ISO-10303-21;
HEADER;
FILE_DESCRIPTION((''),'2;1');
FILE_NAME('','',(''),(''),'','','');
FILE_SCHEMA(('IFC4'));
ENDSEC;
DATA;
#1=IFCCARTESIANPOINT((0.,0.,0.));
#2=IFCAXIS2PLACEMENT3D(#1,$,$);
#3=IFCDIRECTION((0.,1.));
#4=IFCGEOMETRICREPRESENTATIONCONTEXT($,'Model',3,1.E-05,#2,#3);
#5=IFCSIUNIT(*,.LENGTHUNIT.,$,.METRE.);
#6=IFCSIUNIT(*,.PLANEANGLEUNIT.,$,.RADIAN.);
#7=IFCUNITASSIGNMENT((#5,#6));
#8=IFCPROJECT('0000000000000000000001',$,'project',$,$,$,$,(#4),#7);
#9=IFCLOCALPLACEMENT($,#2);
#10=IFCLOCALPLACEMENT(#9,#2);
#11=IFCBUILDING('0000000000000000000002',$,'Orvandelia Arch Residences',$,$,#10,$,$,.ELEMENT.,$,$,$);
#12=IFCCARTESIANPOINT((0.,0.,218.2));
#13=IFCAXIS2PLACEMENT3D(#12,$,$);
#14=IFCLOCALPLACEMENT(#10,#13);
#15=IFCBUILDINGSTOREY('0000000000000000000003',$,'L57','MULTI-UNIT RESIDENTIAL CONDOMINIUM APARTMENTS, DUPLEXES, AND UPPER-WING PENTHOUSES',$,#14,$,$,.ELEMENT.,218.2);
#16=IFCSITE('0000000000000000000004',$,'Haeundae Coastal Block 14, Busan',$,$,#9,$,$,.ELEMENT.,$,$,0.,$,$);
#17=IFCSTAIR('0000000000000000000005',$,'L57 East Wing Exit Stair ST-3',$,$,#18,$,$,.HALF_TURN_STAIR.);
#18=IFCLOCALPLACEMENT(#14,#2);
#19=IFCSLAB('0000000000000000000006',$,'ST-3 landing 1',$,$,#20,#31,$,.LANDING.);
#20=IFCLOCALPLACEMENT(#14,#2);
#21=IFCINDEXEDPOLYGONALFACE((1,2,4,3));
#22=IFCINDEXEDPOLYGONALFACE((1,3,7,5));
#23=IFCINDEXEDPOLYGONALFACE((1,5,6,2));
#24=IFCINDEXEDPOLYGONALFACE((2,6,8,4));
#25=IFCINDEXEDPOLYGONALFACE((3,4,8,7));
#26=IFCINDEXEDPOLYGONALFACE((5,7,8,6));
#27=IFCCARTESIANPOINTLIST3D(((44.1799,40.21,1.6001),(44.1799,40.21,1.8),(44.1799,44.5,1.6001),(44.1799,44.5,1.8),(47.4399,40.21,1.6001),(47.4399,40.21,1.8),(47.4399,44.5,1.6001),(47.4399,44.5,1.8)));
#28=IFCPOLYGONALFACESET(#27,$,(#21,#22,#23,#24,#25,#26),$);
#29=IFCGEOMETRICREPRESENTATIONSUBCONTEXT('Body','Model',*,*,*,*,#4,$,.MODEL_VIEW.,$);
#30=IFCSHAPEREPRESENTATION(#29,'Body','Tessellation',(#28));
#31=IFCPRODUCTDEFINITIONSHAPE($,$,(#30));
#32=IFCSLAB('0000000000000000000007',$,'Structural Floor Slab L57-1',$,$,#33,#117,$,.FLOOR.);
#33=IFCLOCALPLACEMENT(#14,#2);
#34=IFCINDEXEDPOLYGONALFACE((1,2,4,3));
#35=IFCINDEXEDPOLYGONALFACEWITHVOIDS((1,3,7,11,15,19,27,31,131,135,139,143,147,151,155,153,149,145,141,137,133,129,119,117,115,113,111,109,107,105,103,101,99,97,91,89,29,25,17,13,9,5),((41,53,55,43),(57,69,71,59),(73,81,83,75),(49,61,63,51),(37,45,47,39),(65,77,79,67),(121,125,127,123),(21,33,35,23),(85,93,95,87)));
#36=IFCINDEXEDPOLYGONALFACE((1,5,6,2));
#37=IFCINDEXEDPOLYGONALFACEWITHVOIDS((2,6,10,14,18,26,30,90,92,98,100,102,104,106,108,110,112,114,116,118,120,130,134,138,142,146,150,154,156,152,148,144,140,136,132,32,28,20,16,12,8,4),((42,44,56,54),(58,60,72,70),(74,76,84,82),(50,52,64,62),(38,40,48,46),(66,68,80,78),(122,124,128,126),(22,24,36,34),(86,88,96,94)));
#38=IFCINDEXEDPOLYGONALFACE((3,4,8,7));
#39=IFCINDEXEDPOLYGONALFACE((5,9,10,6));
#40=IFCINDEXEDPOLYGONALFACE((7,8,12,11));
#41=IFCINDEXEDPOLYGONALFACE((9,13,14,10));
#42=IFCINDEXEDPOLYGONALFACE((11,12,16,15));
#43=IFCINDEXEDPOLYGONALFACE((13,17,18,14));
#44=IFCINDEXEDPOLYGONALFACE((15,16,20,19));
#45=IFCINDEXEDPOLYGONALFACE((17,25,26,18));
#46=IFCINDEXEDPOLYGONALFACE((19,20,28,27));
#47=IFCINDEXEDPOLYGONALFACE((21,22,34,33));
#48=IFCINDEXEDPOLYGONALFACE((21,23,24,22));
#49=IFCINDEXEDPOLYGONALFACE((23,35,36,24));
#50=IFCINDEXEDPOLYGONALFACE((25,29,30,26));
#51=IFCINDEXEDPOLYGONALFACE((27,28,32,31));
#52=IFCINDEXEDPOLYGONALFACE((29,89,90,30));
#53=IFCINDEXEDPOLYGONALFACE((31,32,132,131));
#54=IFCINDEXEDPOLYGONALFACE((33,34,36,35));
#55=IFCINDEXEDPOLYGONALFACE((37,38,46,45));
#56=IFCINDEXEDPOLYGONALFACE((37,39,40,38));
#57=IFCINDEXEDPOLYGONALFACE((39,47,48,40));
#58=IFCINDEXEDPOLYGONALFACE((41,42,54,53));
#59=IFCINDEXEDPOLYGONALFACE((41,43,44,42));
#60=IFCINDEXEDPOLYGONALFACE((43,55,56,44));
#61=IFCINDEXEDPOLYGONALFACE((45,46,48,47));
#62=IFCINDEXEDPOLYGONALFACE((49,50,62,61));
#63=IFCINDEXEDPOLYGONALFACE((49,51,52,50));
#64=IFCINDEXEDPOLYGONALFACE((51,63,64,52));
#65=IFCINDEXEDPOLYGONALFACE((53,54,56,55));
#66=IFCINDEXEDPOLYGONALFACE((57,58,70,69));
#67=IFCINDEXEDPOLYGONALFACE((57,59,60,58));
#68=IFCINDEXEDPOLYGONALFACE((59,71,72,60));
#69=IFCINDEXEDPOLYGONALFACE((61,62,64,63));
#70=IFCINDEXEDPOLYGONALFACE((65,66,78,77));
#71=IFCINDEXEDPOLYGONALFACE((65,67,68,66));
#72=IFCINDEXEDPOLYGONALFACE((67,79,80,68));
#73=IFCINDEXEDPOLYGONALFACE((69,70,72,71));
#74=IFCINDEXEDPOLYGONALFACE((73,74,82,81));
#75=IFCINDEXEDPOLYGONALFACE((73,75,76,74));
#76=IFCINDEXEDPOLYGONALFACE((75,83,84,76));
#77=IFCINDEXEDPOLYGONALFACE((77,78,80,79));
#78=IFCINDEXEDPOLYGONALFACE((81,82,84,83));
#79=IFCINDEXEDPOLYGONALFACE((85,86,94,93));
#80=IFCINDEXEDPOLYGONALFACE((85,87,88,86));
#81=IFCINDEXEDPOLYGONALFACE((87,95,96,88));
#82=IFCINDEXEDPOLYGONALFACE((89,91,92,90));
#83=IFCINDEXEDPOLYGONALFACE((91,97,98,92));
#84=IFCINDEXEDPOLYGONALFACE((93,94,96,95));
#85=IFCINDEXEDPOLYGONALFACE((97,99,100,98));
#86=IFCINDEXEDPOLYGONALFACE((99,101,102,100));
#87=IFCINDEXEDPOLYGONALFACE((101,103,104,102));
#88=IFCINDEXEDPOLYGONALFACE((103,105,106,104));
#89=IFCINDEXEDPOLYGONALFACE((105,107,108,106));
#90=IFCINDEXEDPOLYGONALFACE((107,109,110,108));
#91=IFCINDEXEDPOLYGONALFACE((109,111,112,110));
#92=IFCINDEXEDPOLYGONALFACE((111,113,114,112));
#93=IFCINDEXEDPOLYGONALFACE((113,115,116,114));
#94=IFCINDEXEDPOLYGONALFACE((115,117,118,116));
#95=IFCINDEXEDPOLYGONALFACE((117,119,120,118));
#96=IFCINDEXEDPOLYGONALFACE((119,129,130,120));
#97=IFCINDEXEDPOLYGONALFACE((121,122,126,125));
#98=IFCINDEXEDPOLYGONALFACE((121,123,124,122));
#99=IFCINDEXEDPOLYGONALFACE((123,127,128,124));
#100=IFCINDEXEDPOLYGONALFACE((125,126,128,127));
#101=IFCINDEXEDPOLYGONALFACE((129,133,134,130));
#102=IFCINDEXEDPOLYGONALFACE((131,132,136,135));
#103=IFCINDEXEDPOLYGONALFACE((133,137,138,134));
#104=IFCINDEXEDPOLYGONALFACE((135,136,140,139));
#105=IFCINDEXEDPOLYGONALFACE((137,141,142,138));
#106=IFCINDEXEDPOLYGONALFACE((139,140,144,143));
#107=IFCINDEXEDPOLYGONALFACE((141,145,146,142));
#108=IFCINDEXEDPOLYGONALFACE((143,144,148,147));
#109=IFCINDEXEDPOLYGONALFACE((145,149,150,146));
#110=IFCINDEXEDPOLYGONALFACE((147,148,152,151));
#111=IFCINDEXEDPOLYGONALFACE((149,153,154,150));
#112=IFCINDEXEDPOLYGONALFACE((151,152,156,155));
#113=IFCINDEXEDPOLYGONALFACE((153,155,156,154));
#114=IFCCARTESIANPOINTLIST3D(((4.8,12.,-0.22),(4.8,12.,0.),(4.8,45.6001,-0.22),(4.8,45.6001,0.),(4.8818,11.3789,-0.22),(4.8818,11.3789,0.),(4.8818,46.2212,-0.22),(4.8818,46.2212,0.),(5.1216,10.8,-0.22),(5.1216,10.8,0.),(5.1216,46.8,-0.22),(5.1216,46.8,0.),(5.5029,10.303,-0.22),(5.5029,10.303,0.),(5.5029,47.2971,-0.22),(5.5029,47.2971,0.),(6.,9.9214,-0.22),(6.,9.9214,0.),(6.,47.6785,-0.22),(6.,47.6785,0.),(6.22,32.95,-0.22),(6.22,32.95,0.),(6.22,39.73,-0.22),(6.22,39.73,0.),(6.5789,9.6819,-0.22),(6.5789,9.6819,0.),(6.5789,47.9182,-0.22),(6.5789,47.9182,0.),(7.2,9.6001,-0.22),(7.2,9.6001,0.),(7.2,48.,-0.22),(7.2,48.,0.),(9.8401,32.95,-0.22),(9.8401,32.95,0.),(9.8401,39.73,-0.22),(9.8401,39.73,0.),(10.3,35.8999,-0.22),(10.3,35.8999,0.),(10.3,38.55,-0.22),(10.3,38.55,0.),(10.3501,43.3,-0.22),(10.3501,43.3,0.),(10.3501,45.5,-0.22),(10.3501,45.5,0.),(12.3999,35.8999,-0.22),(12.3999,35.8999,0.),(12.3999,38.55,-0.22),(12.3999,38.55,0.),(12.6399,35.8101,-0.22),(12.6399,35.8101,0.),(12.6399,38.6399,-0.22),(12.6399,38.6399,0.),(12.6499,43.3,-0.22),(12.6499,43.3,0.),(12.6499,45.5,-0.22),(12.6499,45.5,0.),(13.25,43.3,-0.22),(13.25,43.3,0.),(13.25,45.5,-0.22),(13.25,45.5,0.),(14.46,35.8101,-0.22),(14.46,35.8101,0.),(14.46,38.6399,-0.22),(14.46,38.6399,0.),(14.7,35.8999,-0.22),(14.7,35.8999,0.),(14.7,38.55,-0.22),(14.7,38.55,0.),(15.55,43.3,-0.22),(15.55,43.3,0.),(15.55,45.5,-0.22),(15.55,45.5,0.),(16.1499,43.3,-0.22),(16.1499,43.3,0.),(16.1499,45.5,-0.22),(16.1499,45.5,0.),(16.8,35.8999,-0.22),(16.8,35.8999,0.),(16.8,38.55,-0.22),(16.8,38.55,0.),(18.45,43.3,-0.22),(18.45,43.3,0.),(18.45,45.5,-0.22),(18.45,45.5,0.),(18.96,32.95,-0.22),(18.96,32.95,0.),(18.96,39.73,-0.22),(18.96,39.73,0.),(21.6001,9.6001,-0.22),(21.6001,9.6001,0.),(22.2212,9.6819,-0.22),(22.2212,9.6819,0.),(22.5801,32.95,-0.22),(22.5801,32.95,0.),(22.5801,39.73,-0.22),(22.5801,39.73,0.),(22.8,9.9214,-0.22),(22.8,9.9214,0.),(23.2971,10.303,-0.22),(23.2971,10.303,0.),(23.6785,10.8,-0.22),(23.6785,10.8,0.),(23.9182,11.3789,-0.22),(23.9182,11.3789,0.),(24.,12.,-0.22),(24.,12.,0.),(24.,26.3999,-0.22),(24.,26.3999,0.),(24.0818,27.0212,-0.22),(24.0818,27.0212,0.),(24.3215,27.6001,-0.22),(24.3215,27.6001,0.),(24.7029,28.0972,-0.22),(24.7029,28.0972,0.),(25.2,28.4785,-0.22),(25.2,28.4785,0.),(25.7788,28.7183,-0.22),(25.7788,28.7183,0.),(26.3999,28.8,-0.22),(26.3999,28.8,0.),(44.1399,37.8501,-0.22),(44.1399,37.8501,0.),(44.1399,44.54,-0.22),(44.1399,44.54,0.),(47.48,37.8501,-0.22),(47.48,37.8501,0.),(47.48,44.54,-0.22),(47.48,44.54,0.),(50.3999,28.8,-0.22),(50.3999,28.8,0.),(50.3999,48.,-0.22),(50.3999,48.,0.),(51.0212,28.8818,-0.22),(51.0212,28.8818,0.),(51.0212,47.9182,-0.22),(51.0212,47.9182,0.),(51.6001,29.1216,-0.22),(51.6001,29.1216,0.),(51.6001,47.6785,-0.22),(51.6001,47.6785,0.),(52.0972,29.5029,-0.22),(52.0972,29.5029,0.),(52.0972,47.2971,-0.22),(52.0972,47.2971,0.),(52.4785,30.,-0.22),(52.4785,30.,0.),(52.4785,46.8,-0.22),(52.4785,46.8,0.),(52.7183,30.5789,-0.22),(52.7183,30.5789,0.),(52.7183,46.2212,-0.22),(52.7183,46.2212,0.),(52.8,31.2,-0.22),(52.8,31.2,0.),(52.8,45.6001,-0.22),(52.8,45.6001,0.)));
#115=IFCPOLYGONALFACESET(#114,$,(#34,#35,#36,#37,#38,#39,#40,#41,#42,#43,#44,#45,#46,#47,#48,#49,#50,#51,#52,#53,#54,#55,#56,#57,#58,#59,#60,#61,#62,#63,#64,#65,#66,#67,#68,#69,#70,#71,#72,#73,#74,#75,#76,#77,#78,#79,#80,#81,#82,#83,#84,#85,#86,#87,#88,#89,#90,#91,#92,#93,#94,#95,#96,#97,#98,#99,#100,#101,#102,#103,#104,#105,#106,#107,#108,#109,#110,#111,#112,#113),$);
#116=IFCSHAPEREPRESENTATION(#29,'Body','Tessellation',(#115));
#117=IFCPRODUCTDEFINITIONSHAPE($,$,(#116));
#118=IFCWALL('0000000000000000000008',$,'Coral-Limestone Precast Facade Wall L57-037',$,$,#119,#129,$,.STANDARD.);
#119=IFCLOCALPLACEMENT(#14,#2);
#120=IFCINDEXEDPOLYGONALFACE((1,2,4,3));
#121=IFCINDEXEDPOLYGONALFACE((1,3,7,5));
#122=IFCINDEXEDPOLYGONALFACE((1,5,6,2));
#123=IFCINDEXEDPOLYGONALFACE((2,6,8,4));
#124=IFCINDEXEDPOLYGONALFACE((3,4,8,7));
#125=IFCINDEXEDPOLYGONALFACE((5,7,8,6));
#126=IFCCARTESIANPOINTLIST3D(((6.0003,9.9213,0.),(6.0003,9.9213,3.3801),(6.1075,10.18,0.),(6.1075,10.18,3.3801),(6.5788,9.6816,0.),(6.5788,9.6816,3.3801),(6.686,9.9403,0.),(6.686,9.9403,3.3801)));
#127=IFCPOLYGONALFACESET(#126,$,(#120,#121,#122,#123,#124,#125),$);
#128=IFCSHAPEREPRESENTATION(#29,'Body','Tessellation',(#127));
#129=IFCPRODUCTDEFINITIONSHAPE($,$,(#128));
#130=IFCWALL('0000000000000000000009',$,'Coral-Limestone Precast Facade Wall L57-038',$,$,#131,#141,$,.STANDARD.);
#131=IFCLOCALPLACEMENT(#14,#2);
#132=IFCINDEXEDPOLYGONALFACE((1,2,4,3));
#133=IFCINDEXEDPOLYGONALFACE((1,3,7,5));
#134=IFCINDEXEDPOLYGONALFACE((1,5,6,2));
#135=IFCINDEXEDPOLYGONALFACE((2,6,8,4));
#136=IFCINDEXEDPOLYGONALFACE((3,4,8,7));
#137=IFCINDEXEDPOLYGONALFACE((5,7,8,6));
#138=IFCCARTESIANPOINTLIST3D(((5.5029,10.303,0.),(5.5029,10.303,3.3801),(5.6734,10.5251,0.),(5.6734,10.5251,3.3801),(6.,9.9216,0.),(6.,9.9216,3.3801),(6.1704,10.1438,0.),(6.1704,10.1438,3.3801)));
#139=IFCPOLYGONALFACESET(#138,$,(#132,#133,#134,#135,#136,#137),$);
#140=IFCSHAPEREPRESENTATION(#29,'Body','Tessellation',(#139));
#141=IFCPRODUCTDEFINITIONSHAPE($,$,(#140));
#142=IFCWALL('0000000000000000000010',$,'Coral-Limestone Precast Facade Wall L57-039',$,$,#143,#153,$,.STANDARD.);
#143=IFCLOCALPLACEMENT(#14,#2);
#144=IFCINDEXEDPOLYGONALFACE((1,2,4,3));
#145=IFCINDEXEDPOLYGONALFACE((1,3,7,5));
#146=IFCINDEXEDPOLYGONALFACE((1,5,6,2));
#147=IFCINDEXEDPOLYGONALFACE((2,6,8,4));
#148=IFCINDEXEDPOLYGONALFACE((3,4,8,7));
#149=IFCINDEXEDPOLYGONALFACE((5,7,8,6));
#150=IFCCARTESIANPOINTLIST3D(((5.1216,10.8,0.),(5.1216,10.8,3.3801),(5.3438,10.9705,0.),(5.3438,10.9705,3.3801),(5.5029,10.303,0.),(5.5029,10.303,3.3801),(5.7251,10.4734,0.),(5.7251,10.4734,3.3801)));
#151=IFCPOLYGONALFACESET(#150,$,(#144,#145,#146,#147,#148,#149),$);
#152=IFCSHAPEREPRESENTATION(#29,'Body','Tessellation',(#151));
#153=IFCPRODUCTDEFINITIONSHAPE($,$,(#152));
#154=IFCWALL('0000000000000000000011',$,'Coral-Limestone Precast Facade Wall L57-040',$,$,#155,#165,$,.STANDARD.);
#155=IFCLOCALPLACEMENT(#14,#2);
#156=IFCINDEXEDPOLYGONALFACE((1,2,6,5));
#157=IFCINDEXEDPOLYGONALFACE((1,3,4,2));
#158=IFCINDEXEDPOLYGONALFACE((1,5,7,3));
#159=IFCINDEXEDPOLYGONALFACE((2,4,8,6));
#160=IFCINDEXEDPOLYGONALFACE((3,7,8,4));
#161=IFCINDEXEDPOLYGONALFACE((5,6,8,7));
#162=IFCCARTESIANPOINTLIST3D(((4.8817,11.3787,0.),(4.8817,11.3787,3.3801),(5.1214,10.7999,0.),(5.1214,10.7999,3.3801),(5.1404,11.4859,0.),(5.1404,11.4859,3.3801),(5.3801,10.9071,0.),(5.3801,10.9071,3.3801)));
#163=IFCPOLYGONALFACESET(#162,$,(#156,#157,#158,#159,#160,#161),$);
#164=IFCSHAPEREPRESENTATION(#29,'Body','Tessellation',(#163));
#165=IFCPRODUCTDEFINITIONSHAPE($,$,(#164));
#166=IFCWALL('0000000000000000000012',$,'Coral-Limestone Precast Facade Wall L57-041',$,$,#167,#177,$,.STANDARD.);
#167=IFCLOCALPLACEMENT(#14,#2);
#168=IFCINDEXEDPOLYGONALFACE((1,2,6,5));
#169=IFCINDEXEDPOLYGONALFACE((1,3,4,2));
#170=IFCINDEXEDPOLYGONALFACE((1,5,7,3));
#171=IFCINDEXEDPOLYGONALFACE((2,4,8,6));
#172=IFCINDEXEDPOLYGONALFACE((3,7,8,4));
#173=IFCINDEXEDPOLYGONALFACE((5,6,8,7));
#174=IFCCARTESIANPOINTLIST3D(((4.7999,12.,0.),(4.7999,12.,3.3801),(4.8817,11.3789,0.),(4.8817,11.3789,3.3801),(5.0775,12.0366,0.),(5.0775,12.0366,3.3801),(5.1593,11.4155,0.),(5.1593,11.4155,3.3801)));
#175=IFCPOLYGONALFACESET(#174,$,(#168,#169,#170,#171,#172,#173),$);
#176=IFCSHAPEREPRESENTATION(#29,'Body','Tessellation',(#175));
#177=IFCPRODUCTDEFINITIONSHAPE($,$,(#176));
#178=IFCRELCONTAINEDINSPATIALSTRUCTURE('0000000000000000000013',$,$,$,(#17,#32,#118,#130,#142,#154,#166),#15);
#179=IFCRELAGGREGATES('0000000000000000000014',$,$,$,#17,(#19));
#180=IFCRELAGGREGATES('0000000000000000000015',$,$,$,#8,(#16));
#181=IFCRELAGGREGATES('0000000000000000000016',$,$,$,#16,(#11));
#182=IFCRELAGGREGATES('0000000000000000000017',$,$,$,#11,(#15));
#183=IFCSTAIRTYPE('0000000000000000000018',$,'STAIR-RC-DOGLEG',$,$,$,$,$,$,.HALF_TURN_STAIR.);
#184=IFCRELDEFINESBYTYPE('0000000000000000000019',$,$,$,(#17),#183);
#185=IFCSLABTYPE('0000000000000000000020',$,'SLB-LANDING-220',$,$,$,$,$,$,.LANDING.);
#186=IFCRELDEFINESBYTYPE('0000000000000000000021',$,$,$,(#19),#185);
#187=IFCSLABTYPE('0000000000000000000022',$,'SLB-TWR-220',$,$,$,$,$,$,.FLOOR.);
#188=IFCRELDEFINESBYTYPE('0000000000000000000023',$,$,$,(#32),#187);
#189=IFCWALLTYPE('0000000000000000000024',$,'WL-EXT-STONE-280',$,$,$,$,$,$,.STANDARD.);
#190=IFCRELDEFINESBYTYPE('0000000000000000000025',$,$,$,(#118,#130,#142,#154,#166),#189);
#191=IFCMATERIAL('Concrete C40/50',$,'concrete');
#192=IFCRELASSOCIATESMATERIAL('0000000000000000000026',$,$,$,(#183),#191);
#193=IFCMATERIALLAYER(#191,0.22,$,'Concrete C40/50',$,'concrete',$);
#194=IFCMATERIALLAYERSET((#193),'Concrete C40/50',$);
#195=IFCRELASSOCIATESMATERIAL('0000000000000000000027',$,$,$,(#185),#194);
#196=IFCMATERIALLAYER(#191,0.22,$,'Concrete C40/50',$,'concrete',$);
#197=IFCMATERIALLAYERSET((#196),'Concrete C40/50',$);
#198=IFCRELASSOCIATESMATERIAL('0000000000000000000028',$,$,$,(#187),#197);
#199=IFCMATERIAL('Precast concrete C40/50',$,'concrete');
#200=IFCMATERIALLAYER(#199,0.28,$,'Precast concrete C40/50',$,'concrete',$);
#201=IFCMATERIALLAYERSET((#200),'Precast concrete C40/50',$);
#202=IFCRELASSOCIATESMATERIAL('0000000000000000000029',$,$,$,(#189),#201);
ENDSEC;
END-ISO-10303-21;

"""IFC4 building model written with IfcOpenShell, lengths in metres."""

from ifc_helpers import new_model, si_unit, direction, frame, frame_2d, origin, place, context, subcontext, project, spatial, polyline, rectangle, outline, extrude, material, layer, layer_set, type_object, element, aggregate, save


model = new_model("IFC4")

# Units and contexts
model_context = context("Model", 3, precision=1e-05, world=origin(), true_north=direction((0.0, 1.0)))
body_context = subcontext(model_context, "Body", "Model", "MODEL_VIEW")
ifc_project = project(units=[si_unit("LENGTHUNIT", "METRE"), si_unit("PLANEANGLEUNIT", "RADIAN")], contexts=[model_context])

# Site, building, storey
site_placement = place(None, origin())
site = spatial("IfcSite", under=ifc_project, at=site_placement, Name="Haeundae Coastal Block 14, Busan", CompositionType="ELEMENT", RefElevation=0.0)
building_placement = place(site_placement, origin())
building = spatial("IfcBuilding", under=site, at=building_placement, Name="Orvandelia Arch Residences", CompositionType="ELEMENT")
storey_placement = place(building_placement, frame((0.0, 0.0, 218.2)))
storey = spatial("IfcBuildingStorey", under=building, at=storey_placement, Name="L57", Description="MULTI-UNIT RESIDENTIAL CONDOMINIUM APARTMENTS, DUPLEXES, AND UPPER-WING PENTHOUSES", CompositionType="ELEMENT", Elevation=218.2)

# Shared definitions
ifc_material_1 = material(Name="Precast concrete C40/50", Category="concrete")

# Stair, slab
ifc_material_2 = material(Name="Concrete C40/50", Category="concrete")
stair_type = type_object("IfcStairType", Name="STAIR-RC-DOGLEG", PredefinedType="HALF_TURN_STAIR", material=ifc_material_2)
ifc_layer_1 = layer(ifc_material_2, 0.22, Name="Concrete C40/50", Category="concrete")
ifc_layer_set_1 = layer_set([ifc_layer_1], Name="Concrete C40/50")
slab_type_1 = type_object("IfcSlabType", Name="SLB-LANDING-220", PredefinedType="LANDING", material=ifc_layer_set_1)
stair_1_placement = place(storey_placement, origin())
stair_1 = element("IfcStair", 1, at=stair_1_placement, inside=storey, type_object=stair_type, Name="L57 East Wing Exit Stair ST-3", PredefinedType="HALF_TURN_STAIR")
slab_1_placement = place(storey_placement, frame((0.0, 0.0, 1.6001)))
slab_1 = element("IfcSlab", 2, at=slab_1_placement, type_object=slab_type_1, Name="ST-3 landing 1", PredefinedType="LANDING", context=body_context, shape_type="SweptSolid", body=[
    extrude(outline(polyline([(47.4399, 40.21), (47.4399, 44.5), (44.1799, 44.5), (44.1799, 40.21), (47.4399, 40.21)])), origin(), (0.0, 0.0, 1.0), 0.2),
])
aggregate(stair_1, [slab_1])

# Slab
ifc_layer_2 = layer(ifc_material_2, 0.22, Name="Concrete C40/50", Category="concrete")
ifc_layer_set_2 = layer_set([ifc_layer_2], Name="Concrete C40/50")
slab_type_2 = type_object("IfcSlabType", Name="SLB-TWR-220", PredefinedType="FLOOR", material=ifc_layer_set_2)
slab_2_placement = place(storey_placement, frame((0.0, 0.0, -0.22)))
element("IfcSlab", 3, at=slab_2_placement, inside=storey, type_object=slab_type_2, Name="Structural Floor Slab L57-1", PredefinedType="FLOOR", context=body_context, shape_type="SweptSolid", body=[
    extrude(outline(polyline([(4.8, 12.0), (4.8818, 11.3789), (5.1216, 10.8), (5.5029, 10.303), (6.0, 9.9214), (6.5789, 9.6819), (7.2, 9.6001), (21.6001, 9.6001), (22.2212, 9.6819), (22.8, 9.9214), (23.2971, 10.303), (23.6785, 10.8), (23.9182, 11.3789), (24.0, 12.0), (24.0, 26.3999), (24.0818, 27.0212), (24.3215, 27.6001), (24.7029, 28.0972), (25.2, 28.4785), (25.7788, 28.7183), (26.3999, 28.8), (50.3999, 28.8), (51.0212, 28.8818), (51.6001, 29.1216), (52.0972, 29.5029), (52.4785, 30.0), (52.7183, 30.5789), (52.8, 31.2), (52.8, 45.6001), (52.7183, 46.2212), (52.4785, 46.8), (52.0972, 47.2971), (51.6001, 47.6785), (51.0212, 47.9182), (50.3999, 48.0), (7.2, 48.0), (6.5789, 47.9182), (6.0, 47.6785), (5.5029, 47.2971), (5.1216, 46.8), (4.8818, 46.2212), (4.8, 45.6001), (4.8, 12.0)]), holes=[polyline([(6.22, 32.95), (9.8401, 32.95), (9.8401, 39.73), (6.22, 39.73), (6.22, 32.95)]), polyline([(18.96, 32.95), (22.5801, 32.95), (22.5801, 39.73), (18.96, 39.73), (18.96, 32.95)]), polyline([(44.1399, 37.8501), (47.48, 37.8501), (47.48, 44.54), (44.1399, 44.54), (44.1399, 37.8501)]), polyline([(12.6399, 35.8101), (14.46, 35.8101), (14.46, 38.6399), (12.6399, 38.6399), (12.6399, 35.8101)]), polyline([(10.3, 35.8999), (12.3999, 35.8999), (12.3999, 38.55), (10.3, 38.55), (10.3, 35.8999)]), polyline([(14.7, 35.8999), (16.8, 35.8999), (16.8, 38.55), (14.7, 38.55), (14.7, 35.8999)]), polyline([(10.3501, 43.3), (12.6499, 43.3), (12.6499, 45.5), (10.3501, 45.5), (10.3501, 43.3)]), polyline([(13.25, 43.3), (15.55, 43.3), (15.55, 45.5), (13.25, 45.5), (13.25, 43.3)]), polyline([(16.1499, 43.3), (18.45, 43.3), (18.45, 45.5), (16.1499, 45.5), (16.1499, 43.3)])]), origin(), (0.0, 0.0, 1.0), 0.22),
])

# Walls
ifc_layer_3 = layer(ifc_material_1, 0.28, Name="Precast concrete C40/50", Category="concrete")
ifc_layer_set_3 = layer_set([ifc_layer_3], Name="Precast concrete C40/50")
wall_type_1 = type_object("IfcWallType", Name="WL-EXT-STONE-280", PredefinedType="STANDARD", material=ifc_layer_set_3)
wall_1_placement = place(storey_placement, frame((6.6323, 9.811, 0.0), z_axis=(0.0, 0.0, 1.0), x_axis=(-0.923836, 0.382788, 0.0)))
element("IfcWall", 4, at=wall_1_placement, inside=storey, type_object=wall_type_1, Name="Coral-Limestone Precast Facade Wall L57-037", PredefinedType="STANDARD", context=body_context, shape_type="SweptSolid", body=[
    extrude(rectangle(XDim=0.6262, YDim=0.28, at=frame_2d((0.313, 0.0))), origin(), (0.0, 0.0, 1.0), 3.3801),
])
for number, where, z_axis, x_axis, name in (
    (5, (6.0852, 10.0327, 0.0), (0.0, 0.0, 1.0), (-0.793406, 0.608693, 0.0), "Coral-Limestone Precast Facade Wall L57-038"),
    (6, (5.614, 10.3882, 0.0), (0.0, 0.0, 1.0), (-0.608693, 0.793406, 0.0), "Coral-Limestone Precast Facade Wall L57-039"),
    (7, (5.2507, 10.8535, 0.0), (0.0, 0.0, 1.0), (-0.38265, 0.923893, 0.0), "Coral-Limestone Precast Facade Wall L57-040"),
    (8, (5.0205, 11.3972, 0.0), (0.0, 0.0, 1.0), (-0.130555, 0.991441, 0.0), "Coral-Limestone Precast Facade Wall L57-041"),
):
    element("IfcWall", number, at=place(storey_placement, frame(where, z_axis=z_axis, x_axis=x_axis)), inside=storey, type_object=wall_type_1, Name=name, PredefinedType="STANDARD", context=body_context, shape_type="SweptSolid", body=[
        extrude(rectangle(XDim=0.6265, YDim=0.28, at=frame_2d((0.3132, 0.0))), origin(), (0.0, 0.0, 1.0), 3.3801),
    ])

save(model, "model.ifc")
